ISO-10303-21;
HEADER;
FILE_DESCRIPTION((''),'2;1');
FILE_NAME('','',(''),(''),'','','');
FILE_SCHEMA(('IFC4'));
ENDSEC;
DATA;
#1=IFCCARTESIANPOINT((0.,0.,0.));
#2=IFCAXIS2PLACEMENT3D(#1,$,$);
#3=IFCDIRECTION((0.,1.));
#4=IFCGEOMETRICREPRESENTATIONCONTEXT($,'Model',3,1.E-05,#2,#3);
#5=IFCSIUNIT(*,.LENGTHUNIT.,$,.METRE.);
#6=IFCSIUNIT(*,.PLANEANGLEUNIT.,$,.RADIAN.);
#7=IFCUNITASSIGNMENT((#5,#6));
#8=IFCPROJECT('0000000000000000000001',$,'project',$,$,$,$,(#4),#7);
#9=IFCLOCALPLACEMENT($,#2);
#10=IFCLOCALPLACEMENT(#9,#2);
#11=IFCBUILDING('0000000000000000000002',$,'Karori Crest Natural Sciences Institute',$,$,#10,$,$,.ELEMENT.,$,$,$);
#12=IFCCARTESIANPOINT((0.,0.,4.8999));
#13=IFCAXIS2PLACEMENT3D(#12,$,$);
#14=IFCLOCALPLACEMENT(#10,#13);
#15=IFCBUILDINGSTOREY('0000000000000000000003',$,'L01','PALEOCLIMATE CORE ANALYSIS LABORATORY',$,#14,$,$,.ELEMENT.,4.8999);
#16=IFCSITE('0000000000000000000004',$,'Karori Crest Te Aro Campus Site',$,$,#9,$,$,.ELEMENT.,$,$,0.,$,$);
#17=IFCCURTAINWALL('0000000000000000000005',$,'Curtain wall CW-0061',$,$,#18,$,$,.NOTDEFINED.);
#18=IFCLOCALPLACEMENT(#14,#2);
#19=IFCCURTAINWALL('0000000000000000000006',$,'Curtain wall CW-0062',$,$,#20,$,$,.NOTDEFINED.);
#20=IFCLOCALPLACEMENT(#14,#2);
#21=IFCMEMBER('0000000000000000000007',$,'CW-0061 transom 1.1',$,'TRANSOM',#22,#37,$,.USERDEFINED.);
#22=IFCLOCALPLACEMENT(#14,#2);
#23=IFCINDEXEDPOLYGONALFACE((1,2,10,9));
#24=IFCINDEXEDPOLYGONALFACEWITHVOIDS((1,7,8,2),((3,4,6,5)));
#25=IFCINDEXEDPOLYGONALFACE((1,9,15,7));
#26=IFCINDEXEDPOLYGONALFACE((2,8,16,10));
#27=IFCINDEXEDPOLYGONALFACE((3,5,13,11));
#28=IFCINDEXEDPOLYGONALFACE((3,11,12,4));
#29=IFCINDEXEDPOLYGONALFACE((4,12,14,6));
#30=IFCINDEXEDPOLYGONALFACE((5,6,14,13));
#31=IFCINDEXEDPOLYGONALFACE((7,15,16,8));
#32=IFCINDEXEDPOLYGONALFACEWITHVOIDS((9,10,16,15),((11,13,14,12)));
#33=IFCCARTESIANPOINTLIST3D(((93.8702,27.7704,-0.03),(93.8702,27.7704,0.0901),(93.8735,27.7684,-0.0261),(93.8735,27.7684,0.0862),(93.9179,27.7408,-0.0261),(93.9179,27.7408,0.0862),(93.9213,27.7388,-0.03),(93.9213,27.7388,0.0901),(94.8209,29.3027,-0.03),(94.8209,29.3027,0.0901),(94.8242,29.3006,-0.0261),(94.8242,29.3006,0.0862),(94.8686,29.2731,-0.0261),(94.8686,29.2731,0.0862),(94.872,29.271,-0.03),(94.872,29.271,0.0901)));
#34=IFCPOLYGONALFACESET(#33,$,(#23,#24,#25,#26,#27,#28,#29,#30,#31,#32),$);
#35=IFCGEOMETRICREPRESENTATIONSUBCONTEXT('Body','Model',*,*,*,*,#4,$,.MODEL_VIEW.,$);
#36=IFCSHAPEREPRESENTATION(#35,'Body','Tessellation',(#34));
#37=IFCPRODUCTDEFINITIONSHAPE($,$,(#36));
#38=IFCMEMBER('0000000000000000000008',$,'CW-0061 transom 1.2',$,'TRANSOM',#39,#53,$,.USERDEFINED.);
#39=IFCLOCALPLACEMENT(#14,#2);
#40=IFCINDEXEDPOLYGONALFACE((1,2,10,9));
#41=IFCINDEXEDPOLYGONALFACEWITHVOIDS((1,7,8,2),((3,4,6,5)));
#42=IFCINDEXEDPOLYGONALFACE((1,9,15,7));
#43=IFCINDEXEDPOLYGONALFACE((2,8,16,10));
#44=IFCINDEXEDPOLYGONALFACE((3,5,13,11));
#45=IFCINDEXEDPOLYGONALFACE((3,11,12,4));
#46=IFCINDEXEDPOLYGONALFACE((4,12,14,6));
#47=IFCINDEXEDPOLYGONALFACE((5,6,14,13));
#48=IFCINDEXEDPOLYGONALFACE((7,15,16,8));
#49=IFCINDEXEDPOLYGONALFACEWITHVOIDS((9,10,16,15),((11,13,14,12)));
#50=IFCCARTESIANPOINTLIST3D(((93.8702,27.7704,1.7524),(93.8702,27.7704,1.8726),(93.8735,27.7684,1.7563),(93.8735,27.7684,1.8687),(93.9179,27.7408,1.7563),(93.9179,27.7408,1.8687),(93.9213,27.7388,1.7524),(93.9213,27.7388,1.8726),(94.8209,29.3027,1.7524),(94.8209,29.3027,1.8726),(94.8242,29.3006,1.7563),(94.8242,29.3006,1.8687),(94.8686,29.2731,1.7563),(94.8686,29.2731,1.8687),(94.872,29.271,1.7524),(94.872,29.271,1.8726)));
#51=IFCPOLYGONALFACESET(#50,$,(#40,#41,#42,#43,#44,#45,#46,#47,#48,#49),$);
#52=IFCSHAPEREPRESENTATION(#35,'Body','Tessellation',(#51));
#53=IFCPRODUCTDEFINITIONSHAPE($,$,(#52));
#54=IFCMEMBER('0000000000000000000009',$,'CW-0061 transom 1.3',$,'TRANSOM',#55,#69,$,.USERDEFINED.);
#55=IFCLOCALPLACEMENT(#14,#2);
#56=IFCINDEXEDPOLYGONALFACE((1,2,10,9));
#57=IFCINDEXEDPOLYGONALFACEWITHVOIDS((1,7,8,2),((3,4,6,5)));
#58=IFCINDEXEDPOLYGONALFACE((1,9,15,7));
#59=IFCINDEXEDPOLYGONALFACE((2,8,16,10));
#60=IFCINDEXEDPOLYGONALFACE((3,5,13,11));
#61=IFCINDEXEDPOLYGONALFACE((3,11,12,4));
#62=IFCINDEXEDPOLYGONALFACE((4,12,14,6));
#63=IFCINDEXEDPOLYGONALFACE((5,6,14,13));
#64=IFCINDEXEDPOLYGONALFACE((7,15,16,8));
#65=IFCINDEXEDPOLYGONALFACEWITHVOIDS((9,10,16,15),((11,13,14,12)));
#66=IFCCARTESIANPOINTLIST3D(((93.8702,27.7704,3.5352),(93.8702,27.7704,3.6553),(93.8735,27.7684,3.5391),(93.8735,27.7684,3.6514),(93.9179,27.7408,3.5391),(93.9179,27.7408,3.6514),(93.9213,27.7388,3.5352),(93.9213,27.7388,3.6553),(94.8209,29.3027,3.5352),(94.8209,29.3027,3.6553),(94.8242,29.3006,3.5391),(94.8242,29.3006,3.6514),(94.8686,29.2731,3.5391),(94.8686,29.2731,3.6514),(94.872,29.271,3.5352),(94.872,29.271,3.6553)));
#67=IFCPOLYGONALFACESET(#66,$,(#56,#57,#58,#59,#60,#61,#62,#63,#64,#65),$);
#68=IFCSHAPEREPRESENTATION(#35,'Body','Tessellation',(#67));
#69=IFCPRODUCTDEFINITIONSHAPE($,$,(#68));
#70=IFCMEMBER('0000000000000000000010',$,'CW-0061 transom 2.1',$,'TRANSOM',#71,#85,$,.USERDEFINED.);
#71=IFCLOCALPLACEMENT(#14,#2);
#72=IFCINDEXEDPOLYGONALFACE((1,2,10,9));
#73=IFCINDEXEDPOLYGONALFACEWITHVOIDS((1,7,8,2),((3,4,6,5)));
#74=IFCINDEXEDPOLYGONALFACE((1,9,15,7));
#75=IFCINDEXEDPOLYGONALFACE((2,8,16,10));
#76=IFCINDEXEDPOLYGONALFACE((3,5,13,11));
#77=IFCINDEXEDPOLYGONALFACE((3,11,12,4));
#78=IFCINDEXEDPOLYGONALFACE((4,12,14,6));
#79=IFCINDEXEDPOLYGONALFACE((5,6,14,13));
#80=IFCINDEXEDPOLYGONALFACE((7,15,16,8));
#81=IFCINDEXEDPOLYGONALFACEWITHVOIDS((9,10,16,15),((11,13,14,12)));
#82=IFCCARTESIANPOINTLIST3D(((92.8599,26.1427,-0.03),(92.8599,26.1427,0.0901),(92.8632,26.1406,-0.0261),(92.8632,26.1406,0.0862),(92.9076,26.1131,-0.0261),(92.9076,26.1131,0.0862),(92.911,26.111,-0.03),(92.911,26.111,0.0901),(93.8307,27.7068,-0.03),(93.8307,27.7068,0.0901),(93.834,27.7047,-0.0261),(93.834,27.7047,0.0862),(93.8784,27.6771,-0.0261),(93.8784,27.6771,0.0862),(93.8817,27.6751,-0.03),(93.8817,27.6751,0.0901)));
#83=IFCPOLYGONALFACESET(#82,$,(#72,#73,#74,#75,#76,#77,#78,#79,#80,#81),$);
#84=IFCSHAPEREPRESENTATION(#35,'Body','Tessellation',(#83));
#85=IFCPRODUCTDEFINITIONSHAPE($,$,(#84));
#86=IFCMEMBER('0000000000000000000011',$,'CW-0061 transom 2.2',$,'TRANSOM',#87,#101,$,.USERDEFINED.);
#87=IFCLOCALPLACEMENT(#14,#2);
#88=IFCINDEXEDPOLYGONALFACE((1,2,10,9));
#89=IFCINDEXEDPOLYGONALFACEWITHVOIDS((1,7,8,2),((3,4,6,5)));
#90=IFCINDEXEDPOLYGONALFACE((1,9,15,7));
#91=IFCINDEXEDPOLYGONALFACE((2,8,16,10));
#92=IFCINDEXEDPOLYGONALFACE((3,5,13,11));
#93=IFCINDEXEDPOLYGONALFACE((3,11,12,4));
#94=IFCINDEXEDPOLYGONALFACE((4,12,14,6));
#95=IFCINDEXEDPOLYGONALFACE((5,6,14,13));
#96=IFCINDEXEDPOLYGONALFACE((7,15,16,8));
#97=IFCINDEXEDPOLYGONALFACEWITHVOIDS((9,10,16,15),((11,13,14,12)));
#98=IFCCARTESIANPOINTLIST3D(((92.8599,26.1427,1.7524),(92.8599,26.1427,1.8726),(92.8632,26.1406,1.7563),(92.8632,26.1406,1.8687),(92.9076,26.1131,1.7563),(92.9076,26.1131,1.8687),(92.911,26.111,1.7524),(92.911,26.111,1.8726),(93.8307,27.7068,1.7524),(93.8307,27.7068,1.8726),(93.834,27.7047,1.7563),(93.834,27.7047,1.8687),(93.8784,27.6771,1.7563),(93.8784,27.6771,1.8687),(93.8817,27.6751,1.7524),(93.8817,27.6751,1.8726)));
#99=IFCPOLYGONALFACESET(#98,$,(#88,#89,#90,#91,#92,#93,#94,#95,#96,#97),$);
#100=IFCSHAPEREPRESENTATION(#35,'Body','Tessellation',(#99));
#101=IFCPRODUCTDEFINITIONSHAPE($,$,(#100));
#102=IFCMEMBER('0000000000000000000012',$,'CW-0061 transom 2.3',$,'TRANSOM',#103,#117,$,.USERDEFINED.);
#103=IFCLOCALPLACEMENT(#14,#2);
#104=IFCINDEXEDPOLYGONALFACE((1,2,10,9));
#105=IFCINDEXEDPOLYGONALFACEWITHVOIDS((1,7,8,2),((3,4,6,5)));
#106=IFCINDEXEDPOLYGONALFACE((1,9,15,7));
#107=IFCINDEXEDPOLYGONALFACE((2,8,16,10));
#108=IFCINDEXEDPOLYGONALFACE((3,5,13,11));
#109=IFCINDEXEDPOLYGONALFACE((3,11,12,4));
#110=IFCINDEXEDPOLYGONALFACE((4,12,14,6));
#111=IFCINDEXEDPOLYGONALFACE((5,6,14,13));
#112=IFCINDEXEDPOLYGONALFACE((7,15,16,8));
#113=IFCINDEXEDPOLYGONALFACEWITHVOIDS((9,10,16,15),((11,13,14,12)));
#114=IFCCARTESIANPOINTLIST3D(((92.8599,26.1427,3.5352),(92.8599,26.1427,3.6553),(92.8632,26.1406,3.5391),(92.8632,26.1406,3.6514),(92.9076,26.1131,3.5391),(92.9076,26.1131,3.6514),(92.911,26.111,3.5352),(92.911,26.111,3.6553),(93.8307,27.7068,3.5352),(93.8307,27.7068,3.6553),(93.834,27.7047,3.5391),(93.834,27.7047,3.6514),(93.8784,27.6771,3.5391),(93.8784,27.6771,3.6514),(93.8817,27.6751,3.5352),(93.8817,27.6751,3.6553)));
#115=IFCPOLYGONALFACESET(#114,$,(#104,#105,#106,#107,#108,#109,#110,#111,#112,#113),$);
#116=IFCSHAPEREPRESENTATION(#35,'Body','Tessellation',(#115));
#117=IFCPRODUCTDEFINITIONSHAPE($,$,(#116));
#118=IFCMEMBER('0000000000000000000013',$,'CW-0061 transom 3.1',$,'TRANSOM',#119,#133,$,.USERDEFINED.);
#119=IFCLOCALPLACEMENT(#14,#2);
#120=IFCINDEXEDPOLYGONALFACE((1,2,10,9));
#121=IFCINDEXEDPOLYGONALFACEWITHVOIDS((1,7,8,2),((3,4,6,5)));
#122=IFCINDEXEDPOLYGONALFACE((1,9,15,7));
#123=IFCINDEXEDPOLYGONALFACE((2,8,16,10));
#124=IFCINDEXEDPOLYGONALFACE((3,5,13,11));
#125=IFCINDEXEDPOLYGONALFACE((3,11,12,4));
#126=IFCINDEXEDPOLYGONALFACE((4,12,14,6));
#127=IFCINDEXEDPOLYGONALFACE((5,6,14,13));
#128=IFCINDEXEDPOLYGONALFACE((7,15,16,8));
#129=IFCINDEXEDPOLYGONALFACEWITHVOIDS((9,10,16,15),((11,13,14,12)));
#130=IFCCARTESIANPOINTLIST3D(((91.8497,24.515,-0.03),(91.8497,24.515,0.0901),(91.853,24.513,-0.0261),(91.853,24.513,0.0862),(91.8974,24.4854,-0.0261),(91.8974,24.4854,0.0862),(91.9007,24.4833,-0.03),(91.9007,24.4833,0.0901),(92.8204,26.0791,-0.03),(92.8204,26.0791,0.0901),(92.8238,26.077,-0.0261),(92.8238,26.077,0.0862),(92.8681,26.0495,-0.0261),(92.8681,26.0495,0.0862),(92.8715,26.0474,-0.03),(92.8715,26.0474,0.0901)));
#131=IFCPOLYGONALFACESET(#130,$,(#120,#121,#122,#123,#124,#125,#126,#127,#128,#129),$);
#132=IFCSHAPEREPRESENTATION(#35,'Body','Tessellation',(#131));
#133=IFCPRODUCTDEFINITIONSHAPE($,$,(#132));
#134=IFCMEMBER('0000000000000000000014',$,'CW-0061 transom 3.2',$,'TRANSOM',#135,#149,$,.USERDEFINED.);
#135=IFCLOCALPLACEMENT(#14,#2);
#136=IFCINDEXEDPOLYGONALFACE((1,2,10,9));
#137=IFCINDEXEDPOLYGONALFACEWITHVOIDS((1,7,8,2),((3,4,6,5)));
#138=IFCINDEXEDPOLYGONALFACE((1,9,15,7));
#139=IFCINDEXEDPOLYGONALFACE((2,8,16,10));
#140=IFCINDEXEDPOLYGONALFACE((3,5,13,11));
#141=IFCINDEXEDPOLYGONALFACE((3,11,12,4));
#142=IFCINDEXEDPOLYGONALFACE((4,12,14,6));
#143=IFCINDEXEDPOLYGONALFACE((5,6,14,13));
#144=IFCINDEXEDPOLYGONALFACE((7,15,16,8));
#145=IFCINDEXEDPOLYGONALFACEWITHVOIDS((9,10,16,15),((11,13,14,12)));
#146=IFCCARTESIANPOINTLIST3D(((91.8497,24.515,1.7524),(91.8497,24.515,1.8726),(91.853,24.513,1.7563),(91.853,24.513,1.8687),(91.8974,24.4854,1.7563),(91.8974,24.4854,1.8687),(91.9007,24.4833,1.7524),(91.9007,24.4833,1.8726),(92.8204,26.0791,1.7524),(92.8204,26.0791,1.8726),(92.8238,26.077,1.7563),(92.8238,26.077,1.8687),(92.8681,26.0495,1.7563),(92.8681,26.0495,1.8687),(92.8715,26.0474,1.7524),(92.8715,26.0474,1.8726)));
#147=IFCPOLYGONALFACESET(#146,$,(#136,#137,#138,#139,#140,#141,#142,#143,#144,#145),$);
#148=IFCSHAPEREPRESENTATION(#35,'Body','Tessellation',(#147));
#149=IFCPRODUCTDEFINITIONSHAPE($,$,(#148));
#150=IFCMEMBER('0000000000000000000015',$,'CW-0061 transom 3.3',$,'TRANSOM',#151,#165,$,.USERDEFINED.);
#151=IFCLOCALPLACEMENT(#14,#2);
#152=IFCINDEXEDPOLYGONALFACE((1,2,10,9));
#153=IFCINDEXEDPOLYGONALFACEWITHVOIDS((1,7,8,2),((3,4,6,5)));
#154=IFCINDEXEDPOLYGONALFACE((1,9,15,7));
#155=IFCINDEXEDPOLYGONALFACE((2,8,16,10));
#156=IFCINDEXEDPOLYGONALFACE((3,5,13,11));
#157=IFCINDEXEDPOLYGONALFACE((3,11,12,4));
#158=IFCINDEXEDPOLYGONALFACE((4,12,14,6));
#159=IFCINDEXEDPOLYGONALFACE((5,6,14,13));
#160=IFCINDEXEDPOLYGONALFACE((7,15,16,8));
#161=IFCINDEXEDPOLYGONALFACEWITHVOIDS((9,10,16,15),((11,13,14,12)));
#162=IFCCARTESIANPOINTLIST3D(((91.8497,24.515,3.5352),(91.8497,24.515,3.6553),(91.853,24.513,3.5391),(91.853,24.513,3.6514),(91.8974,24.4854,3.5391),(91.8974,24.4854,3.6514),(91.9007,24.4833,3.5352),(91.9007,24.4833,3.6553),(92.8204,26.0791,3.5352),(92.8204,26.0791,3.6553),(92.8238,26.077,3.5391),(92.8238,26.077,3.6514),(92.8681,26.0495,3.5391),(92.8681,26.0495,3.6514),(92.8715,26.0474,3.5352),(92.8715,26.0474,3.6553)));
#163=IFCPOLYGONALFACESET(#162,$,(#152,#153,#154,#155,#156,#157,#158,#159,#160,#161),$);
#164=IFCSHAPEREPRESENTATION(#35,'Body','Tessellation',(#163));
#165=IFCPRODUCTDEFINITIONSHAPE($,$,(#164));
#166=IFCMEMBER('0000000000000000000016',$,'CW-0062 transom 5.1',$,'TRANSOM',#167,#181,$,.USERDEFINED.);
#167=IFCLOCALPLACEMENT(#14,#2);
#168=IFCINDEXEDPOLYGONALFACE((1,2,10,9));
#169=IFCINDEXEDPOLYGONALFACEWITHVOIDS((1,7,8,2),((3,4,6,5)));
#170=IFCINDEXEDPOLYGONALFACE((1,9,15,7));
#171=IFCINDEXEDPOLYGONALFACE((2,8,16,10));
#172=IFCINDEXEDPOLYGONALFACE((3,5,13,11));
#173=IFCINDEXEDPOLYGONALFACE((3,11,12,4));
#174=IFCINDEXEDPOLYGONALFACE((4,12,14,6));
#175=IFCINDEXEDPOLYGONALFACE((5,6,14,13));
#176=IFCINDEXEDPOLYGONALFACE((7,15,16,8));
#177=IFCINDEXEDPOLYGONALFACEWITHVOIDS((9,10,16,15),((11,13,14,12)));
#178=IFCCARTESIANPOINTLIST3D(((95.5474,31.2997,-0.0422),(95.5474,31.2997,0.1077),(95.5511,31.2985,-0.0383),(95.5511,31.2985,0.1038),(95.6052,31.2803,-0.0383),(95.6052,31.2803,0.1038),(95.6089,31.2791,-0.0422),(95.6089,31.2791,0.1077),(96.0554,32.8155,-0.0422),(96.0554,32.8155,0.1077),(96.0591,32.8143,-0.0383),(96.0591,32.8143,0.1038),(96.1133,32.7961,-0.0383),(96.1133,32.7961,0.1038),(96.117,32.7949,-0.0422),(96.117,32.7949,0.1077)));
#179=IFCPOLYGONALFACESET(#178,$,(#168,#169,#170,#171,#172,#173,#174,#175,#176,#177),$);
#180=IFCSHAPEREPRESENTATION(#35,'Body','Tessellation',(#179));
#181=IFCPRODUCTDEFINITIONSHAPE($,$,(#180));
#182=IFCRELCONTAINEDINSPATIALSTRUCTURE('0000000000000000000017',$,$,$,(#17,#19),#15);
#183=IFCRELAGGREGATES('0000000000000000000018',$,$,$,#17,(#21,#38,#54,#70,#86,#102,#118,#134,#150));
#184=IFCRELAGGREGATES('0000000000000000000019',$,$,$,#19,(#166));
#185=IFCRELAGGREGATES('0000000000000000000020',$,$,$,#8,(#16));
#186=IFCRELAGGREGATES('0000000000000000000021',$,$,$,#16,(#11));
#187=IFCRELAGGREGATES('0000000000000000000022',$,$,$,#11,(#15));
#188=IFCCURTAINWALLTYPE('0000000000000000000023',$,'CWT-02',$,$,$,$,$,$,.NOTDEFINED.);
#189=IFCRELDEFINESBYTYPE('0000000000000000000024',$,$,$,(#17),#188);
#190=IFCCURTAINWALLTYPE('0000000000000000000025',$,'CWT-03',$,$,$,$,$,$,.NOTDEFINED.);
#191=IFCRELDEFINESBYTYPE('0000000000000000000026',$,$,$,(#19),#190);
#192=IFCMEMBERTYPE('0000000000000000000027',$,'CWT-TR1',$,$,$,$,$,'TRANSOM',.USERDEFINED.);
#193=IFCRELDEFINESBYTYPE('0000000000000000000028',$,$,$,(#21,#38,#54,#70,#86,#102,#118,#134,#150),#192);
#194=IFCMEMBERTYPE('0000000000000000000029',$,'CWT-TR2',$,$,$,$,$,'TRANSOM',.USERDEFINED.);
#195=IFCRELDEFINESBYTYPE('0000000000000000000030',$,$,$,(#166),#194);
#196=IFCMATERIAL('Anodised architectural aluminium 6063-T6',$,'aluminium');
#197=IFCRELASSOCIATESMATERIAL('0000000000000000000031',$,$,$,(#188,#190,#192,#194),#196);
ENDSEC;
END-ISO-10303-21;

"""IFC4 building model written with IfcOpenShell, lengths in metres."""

from ifc_helpers import new_model, si_unit, direction, frame, origin, origin_2d, place, context, subcontext, project, spatial, hollow_rectangle, extrude, material, material_profile, profile_set, type_object, element, aggregate, save


model = new_model("IFC4")

# Units and contexts
model_context = context("Model", 3, precision=1e-05, world=origin(), true_north=direction((0.0, 1.0)))
body_context = subcontext(model_context, "Body", "Model", "MODEL_VIEW")
ifc_project = project(units=[si_unit("LENGTHUNIT", "METRE"), si_unit("PLANEANGLEUNIT", "RADIAN")], contexts=[model_context])

# Site, building, storey
site_placement = place(None, origin())
site = spatial("IfcSite", under=ifc_project, at=site_placement, Name="Karori Crest Te Aro Campus Site", CompositionType="ELEMENT", RefElevation=0.0)
building_placement = place(site_placement, origin())
building = spatial("IfcBuilding", under=site, at=building_placement, Name="Karori Crest Natural Sciences Institute", CompositionType="ELEMENT")
storey_placement = place(building_placement, frame((0.0, 0.0, 4.8999)))
storey = spatial("IfcBuildingStorey", under=building, at=storey_placement, Name="L01", Description="PALEOCLIMATE CORE ANALYSIS LABORATORY", CompositionType="ELEMENT", Elevation=4.8999)

# Curtain walls
ifc_material_1 = material(Name="Anodised architectural aluminium 6063-T6", Category="aluminium")
curtain_wall_type_1 = type_object("IfcCurtainWallType", Name="CWT-02", PredefinedType="NOTDEFINED", material=ifc_material_1)
curtain_wall_1_placement = place(storey_placement, origin())
curtain_wall_1 = element("IfcCurtainWall", 1, at=curtain_wall_1_placement, inside=storey, type_object=curtain_wall_type_1, Name="Curtain wall CW-0061", PredefinedType="NOTDEFINED")
curtain_wall_type_2 = type_object("IfcCurtainWallType", Name="CWT-03", PredefinedType="NOTDEFINED", material=ifc_material_1)
curtain_wall_2_placement = place(storey_placement, origin())
curtain_wall_2 = element("IfcCurtainWall", 2, at=curtain_wall_2_placement, inside=storey, type_object=curtain_wall_type_2, Name="Curtain wall CW-0062", PredefinedType="NOTDEFINED")

# Members
ifc_material_profile_1 = material_profile(ifc_material_1, hollow_rectangle(XDim=0.0601, YDim=0.1201, WallThickness=0.0039, at=origin_2d()), Name="CWT120x60x4")
ifc_profile_set_1 = profile_set([ifc_material_profile_1], Name="Anodised architectural aluminium 6063-T6")
member_type_1 = type_object("IfcMemberType", Name="CWT-TR1", ElementType="TRANSOM", PredefinedType="USERDEFINED", material=ifc_profile_set_1)
member_1_placement = place(storey_placement, frame((94.8464, 29.2869, 0.03), z_axis=(-0.527221, -0.849728, 0.0), x_axis=(0.849728, -0.527221, 0.0)))
member_1 = element("IfcMember", 3, at=member_1_placement, type_object=member_type_1, Name="CW-0061 transom 1.1", ObjectType="TRANSOM", PredefinedType="USERDEFINED", context=body_context, shape_type="SweptSolid", body=[
    extrude(hollow_rectangle(XDim=0.0601, YDim=0.1201, WallThickness=0.0039, at=origin_2d()), origin(), (0.0, 0.0, 1.0), 1.8032),
])
member_2_placement = place(storey_placement, frame((94.8464, 29.2869, 1.8125), z_axis=(-0.527221, -0.849728, 0.0), x_axis=(0.849728, -0.527221, 0.0)))
member_2 = element("IfcMember", 4, at=member_2_placement, type_object=member_type_1, Name="CW-0061 transom 1.2", ObjectType="TRANSOM", PredefinedType="USERDEFINED", context=body_context, shape_type="SweptSolid", body=[
    extrude(hollow_rectangle(XDim=0.0601, YDim=0.1201, WallThickness=0.0039, at=origin_2d()), origin(), (0.0, 0.0, 1.0), 1.8032),
])
member_3_placement = place(storey_placement, frame((94.8464, 29.2869, 3.5952), z_axis=(-0.527221, -0.849728, 0.0), x_axis=(0.849728, -0.527221, 0.0)))
member_3 = element("IfcMember", 5, at=member_3_placement, type_object=member_type_1, Name="CW-0061 transom 1.3", ObjectType="TRANSOM", PredefinedType="USERDEFINED", context=body_context, shape_type="SweptSolid", body=[
    extrude(hollow_rectangle(XDim=0.0601, YDim=0.1201, WallThickness=0.0039, at=origin_2d()), origin(), (0.0, 0.0, 1.0), 1.8032),
])
member_4_placement = place(storey_placement, frame((93.8562, 27.6909, 0.03), z_axis=(-0.52735, -0.849648, 0.0), x_axis=(0.849648, -0.52735, 0.0)))
member_4 = element("IfcMember", 6, at=member_4_placement, type_object=member_type_1, Name="CW-0061 transom 2.1", ObjectType="TRANSOM", PredefinedType="USERDEFINED", context=body_context, shape_type="SweptSolid", body=[
    extrude(hollow_rectangle(XDim=0.0601, YDim=0.1201, WallThickness=0.0039, at=origin_2d()), origin(), (0.0, 0.0, 1.0), 1.8408),
])
member_5_placement = place(storey_placement, frame((93.8562, 27.6909, 1.8125), z_axis=(-0.52735, -0.849648, 0.0), x_axis=(0.849648, -0.52735, 0.0)))
member_5 = element("IfcMember", 7, at=member_5_placement, type_object=member_type_1, Name="CW-0061 transom 2.2", ObjectType="TRANSOM", PredefinedType="USERDEFINED", context=body_context, shape_type="SweptSolid", body=[
    extrude(hollow_rectangle(XDim=0.0601, YDim=0.1201, WallThickness=0.0039, at=origin_2d()), origin(), (0.0, 0.0, 1.0), 1.8408),
])
member_6_placement = place(storey_placement, frame((93.8562, 27.6909, 3.5952), z_axis=(-0.52735, -0.849648, 0.0), x_axis=(0.849648, -0.52735, 0.0)))
member_6 = element("IfcMember", 8, at=member_6_placement, type_object=member_type_1, Name="CW-0061 transom 2.3", ObjectType="TRANSOM", PredefinedType="USERDEFINED", context=body_context, shape_type="SweptSolid", body=[
    extrude(hollow_rectangle(XDim=0.0601, YDim=0.1201, WallThickness=0.0039, at=origin_2d()), origin(), (0.0, 0.0, 1.0), 1.8408),
])
member_7_placement = place(storey_placement, frame((92.8459, 26.0632, 0.03), z_axis=(-0.52735, -0.849648, 0.0), x_axis=(0.849648, -0.52735, 0.0)))
member_7 = element("IfcMember", 9, at=member_7_placement, type_object=member_type_1, Name="CW-0061 transom 3.1", ObjectType="TRANSOM", PredefinedType="USERDEFINED", context=body_context, shape_type="SweptSolid", body=[
    extrude(hollow_rectangle(XDim=0.0601, YDim=0.1201, WallThickness=0.0039, at=origin_2d()), origin(), (0.0, 0.0, 1.0), 1.8408),
])
member_8_placement = place(storey_placement, frame((92.8459, 26.0632, 1.8125), z_axis=(-0.52735, -0.849648, 0.0), x_axis=(0.849648, -0.52735, 0.0)))
member_8 = element("IfcMember", 10, at=member_8_placement, type_object=member_type_1, Name="CW-0061 transom 3.2", ObjectType="TRANSOM", PredefinedType="USERDEFINED", context=body_context, shape_type="SweptSolid", body=[
    extrude(hollow_rectangle(XDim=0.0601, YDim=0.1201, WallThickness=0.0039, at=origin_2d()), origin(), (0.0, 0.0, 1.0), 1.8408),
])
member_9_placement = place(storey_placement, frame((92.8459, 26.0632, 3.5952), z_axis=(-0.52735, -0.849648, 0.0), x_axis=(0.849648, -0.52735, 0.0)))
member_9 = element("IfcMember", 11, at=member_9_placement, type_object=member_type_1, Name="CW-0061 transom 3.3", ObjectType="TRANSOM", PredefinedType="USERDEFINED", context=body_context, shape_type="SweptSolid", body=[
    extrude(hollow_rectangle(XDim=0.0601, YDim=0.1201, WallThickness=0.0039, at=origin_2d()), origin(), (0.0, 0.0, 1.0), 1.8408),
])
ifc_material_profile_2 = material_profile(ifc_material_1, hollow_rectangle(XDim=0.0649, YDim=0.1499, WallThickness=0.0039, at=origin_2d()), Name="CWT150x65x4")
ifc_profile_set_2 = profile_set([ifc_material_profile_2], Name="Anodised architectural aluminium 6063-T6")
member_type_2 = type_object("IfcMemberType", Name="CWT-TR2", ElementType="TRANSOM", PredefinedType="USERDEFINED", material=ifc_profile_set_2)
member_10_placement = place(storey_placement, frame((96.0862, 32.8052, 0.0327), z_axis=(-0.317785, -0.948163, 0.0), x_axis=(0.948163, -0.317785, 0.0)))
member_10 = element("IfcMember", 12, at=member_10_placement, type_object=member_type_2, Name="CW-0062 transom 5.1", ObjectType="TRANSOM", PredefinedType="USERDEFINED", context=body_context, shape_type="SweptSolid", body=[
    extrude(hollow_rectangle(XDim=0.0649, YDim=0.1499, WallThickness=0.0039, at=origin_2d()), origin(), (0.0, 0.0, 1.0), 1.5986),
])

aggregate(curtain_wall_1, [member_1, member_2, member_3, member_4, member_5, member_6, member_7, member_8, member_9])
aggregate(curtain_wall_2, [member_10])

save(model, "model.ifc")
